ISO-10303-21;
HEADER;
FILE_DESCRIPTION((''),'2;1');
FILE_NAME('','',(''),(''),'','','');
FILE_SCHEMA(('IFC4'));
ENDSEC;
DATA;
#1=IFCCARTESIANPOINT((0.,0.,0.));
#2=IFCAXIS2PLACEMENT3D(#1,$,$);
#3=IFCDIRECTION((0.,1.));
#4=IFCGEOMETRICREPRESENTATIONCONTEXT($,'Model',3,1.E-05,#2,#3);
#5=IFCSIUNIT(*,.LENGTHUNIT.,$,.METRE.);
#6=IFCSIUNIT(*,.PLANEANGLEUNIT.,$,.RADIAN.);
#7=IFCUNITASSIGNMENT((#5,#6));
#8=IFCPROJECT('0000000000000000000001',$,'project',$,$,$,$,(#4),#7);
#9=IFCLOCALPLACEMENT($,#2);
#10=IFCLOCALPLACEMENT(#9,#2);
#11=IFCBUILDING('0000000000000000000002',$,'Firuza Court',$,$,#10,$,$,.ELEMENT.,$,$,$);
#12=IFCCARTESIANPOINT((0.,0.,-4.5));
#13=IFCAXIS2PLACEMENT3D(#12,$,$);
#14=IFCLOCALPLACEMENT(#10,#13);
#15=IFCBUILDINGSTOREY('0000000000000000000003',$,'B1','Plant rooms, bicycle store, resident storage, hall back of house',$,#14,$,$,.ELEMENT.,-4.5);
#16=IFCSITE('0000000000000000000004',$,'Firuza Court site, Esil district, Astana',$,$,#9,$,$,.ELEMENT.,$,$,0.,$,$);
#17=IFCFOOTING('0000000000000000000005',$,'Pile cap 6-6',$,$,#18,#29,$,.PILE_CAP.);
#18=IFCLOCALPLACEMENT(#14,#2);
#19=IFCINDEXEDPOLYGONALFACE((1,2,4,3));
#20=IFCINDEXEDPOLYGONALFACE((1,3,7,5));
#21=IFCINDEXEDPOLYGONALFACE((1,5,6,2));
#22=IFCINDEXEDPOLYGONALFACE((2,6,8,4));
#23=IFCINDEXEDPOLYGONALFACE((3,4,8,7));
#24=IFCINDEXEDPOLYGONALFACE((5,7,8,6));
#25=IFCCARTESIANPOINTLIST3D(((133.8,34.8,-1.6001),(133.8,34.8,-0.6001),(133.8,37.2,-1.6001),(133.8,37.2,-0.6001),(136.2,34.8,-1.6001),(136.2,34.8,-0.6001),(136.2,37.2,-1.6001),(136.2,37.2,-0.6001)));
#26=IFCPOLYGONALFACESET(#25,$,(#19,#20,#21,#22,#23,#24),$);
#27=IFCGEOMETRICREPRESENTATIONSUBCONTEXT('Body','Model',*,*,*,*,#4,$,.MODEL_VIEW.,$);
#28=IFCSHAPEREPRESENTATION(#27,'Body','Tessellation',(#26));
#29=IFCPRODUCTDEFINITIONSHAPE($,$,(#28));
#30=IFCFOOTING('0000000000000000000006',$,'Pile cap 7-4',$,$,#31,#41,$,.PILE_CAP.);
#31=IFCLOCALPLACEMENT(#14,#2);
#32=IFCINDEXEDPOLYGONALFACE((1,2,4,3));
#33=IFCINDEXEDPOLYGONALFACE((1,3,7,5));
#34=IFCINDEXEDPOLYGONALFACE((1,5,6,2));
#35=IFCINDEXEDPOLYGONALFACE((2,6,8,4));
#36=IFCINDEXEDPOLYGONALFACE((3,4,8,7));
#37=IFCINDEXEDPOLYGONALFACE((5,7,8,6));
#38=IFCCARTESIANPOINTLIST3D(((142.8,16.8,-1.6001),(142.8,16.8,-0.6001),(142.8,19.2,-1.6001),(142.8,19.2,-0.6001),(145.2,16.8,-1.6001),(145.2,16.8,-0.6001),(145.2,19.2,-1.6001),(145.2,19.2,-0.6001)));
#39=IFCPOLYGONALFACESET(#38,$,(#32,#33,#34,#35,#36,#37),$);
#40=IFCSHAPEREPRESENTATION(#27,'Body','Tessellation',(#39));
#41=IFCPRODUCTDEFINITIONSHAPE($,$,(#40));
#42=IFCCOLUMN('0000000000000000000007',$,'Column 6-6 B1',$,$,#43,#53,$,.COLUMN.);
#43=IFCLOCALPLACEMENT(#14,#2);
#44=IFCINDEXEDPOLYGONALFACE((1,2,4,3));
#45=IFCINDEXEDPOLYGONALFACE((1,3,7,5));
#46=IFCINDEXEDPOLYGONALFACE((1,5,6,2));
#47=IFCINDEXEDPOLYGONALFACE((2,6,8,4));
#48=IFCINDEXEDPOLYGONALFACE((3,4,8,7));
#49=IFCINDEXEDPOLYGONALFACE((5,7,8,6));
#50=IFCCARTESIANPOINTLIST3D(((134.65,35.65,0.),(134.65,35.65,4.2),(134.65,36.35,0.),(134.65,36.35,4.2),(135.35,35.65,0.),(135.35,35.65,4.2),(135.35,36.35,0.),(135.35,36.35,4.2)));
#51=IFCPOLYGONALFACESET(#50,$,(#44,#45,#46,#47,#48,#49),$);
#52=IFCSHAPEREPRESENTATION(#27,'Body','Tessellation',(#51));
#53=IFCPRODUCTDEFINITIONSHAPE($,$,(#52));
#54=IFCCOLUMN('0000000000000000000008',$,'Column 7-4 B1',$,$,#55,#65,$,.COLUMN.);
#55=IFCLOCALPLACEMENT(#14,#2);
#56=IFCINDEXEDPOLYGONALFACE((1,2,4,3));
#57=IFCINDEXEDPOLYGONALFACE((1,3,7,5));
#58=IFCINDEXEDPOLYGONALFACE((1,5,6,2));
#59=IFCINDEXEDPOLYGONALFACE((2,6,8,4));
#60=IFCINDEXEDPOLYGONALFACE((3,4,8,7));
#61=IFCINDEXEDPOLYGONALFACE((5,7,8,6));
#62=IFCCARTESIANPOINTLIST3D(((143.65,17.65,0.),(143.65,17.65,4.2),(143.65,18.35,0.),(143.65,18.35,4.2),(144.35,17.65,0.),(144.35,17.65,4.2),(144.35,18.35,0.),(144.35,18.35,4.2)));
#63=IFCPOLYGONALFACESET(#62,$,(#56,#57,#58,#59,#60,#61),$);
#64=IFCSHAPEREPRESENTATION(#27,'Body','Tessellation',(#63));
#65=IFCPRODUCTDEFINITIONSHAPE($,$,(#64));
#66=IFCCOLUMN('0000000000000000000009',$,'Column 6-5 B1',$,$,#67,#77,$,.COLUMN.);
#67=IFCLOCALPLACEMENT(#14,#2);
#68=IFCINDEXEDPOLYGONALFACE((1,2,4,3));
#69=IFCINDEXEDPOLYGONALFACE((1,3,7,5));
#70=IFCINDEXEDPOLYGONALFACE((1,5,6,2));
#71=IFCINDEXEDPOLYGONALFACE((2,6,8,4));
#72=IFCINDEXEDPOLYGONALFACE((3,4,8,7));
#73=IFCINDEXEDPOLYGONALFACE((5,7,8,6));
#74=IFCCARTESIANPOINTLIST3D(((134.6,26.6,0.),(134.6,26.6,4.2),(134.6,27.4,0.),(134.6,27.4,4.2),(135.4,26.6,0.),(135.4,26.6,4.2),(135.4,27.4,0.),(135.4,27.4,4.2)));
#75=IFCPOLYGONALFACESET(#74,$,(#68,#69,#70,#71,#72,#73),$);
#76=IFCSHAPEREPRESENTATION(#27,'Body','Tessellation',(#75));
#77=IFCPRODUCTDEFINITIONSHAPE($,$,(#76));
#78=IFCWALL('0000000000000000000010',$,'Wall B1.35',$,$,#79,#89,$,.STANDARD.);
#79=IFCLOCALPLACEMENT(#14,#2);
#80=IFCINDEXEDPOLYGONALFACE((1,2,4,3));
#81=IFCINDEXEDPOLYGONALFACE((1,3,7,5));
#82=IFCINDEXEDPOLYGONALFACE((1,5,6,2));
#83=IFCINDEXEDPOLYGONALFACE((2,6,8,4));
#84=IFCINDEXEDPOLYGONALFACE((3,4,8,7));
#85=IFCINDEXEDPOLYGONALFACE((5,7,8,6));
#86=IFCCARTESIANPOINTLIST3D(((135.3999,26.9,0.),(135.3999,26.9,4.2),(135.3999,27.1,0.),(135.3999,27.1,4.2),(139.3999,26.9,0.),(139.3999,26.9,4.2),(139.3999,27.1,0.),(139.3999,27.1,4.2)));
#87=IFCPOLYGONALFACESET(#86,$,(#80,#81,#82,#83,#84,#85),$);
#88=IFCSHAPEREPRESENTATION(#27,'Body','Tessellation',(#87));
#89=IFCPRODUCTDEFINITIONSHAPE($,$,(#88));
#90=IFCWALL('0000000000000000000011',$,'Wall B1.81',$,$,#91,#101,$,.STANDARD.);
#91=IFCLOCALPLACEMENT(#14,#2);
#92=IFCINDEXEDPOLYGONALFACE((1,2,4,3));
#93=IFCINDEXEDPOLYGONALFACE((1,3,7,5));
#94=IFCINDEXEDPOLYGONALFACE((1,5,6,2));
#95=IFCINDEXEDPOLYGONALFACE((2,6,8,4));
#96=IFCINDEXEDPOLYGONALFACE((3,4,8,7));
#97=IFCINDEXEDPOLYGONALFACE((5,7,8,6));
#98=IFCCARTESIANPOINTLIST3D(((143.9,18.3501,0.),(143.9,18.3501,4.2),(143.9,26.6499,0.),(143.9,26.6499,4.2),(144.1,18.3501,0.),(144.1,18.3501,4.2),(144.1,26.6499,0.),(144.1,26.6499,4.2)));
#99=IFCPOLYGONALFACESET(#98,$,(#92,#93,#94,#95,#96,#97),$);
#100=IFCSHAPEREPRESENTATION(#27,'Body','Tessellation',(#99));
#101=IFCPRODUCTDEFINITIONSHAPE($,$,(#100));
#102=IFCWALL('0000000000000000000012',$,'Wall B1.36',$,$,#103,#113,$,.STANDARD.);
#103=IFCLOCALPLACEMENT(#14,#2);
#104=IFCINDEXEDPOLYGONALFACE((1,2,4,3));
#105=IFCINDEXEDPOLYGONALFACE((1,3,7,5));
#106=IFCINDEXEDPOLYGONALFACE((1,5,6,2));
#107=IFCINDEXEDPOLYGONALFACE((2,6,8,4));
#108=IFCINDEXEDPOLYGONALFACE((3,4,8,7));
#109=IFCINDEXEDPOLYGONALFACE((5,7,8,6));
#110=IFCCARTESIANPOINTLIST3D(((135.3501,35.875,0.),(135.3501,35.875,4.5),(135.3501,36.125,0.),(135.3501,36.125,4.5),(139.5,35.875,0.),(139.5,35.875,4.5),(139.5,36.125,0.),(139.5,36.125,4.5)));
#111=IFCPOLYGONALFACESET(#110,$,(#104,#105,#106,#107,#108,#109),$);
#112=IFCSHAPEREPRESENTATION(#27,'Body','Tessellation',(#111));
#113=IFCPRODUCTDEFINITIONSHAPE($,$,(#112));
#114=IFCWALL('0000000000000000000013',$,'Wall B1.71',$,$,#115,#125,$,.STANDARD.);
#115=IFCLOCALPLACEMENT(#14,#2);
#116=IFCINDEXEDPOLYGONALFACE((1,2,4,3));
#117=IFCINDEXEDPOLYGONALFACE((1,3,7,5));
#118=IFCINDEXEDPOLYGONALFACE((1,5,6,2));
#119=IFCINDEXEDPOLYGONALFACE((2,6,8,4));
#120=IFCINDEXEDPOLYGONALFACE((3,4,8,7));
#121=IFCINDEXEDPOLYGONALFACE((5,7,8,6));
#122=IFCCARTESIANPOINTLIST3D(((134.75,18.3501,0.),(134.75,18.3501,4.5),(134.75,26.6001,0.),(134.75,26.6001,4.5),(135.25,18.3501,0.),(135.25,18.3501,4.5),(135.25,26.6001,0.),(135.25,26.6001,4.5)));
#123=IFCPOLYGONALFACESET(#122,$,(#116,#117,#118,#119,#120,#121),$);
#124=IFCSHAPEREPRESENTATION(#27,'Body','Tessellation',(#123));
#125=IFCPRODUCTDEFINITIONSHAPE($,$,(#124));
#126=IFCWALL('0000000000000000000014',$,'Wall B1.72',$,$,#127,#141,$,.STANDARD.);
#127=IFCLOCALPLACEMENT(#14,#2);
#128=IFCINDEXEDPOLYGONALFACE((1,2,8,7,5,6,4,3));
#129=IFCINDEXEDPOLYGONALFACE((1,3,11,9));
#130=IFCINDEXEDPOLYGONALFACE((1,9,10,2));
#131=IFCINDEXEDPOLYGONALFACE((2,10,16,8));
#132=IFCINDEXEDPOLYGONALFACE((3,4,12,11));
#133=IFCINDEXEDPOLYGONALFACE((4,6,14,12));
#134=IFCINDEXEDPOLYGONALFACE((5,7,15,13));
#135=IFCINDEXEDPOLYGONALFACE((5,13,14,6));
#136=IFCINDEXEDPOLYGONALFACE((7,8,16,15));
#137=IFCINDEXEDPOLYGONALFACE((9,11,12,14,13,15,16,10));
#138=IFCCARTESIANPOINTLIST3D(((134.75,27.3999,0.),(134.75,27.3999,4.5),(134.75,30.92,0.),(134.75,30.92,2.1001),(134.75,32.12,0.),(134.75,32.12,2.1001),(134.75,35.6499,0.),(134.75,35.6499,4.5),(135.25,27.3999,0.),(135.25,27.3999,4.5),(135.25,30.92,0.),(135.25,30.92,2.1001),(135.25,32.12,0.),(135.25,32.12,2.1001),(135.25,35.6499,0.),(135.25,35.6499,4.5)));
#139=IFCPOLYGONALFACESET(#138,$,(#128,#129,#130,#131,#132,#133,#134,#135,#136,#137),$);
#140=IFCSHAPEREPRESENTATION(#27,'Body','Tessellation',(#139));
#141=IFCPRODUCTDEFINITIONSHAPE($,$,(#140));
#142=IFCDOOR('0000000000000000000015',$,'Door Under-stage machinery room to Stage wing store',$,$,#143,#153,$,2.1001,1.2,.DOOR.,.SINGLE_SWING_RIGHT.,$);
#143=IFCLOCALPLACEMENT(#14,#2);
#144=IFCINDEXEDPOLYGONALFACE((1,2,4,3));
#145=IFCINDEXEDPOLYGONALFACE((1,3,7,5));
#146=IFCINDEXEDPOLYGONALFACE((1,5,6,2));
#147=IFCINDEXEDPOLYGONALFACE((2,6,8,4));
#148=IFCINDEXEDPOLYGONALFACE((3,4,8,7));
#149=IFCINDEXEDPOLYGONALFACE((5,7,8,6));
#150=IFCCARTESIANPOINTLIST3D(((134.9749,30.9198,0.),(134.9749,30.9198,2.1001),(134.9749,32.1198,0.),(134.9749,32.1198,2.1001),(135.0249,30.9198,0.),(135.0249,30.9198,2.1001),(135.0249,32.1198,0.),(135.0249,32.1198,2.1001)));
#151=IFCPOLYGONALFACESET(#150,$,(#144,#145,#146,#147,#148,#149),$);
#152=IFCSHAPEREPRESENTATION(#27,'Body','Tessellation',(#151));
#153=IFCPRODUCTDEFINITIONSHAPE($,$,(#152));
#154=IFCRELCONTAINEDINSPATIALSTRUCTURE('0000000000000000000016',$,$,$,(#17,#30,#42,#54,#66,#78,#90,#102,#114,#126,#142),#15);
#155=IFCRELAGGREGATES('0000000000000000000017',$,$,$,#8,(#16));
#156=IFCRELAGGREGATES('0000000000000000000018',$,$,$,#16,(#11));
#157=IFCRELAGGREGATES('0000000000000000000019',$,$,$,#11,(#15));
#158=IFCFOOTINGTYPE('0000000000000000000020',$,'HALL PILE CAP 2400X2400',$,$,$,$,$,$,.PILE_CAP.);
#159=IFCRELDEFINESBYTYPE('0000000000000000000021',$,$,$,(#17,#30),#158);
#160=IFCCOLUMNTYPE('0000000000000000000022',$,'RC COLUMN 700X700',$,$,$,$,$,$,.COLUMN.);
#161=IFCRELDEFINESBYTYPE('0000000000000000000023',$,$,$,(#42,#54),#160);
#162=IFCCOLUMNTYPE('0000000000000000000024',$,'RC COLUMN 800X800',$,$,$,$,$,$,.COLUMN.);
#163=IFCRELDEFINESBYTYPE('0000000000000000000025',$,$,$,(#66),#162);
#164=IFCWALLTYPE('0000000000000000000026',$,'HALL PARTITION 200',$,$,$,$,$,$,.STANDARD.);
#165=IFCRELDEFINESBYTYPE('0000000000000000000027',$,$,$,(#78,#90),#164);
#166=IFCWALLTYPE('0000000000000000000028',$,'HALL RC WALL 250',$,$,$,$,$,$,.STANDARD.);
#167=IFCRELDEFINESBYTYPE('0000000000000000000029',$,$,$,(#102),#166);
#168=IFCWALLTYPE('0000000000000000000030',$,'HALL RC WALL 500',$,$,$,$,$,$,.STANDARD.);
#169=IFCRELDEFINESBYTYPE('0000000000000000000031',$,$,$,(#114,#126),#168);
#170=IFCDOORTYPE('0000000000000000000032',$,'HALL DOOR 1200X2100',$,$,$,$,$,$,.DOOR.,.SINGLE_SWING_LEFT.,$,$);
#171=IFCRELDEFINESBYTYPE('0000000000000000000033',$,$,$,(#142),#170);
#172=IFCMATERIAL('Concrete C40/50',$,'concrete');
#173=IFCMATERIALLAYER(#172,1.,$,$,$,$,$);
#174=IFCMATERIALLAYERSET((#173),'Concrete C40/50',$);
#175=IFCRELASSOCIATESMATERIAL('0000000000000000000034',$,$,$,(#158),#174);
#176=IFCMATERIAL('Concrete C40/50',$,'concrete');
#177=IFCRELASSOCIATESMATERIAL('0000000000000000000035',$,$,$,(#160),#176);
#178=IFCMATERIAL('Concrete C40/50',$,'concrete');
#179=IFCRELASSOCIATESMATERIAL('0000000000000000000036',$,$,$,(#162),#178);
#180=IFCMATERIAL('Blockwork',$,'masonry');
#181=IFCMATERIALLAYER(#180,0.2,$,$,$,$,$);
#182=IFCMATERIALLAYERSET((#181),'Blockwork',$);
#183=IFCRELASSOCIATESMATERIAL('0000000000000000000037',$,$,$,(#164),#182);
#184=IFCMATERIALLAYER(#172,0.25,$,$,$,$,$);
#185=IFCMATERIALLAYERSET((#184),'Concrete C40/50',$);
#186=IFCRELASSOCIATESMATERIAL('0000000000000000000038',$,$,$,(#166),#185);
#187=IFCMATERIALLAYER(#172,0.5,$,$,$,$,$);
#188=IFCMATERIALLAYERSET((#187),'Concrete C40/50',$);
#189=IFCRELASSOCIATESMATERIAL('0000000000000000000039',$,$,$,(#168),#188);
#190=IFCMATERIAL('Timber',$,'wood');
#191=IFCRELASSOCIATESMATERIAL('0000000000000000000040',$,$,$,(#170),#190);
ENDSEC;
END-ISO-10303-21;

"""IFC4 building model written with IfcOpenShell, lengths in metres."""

from ifc_helpers import new_model, si_unit, direction, frame, frame_2d, origin, origin_2d, place, context, subcontext, project, spatial, rectangle, extrude, material, layer, layer_set, material_profile, profile_set, type_object, element, fill, save


model = new_model("IFC4")

# Units and contexts
model_context = context("Model", 3, precision=1e-05, world=origin(), true_north=direction((0.0, 1.0)))
body_context = subcontext(model_context, "Body", "Model", "MODEL_VIEW")
ifc_project = project(units=[si_unit("LENGTHUNIT", "METRE"), si_unit("PLANEANGLEUNIT", "RADIAN")], contexts=[model_context])

# Site, building, storey
site_placement = place(None, origin())
site = spatial("IfcSite", under=ifc_project, at=site_placement, Name="Firuza Court site, Esil district, Astana", CompositionType="ELEMENT", RefElevation=0.0)
building_placement = place(site_placement, origin())
building = spatial("IfcBuilding", under=site, at=building_placement, Name="Firuza Court", CompositionType="ELEMENT")
storey_placement = place(building_placement, frame((0.0, 0.0, -4.5)))
storey = spatial("IfcBuildingStorey", under=building, at=storey_placement, Name="B1", Description="Plant rooms, bicycle store, resident storage, hall back of house", CompositionType="ELEMENT", Elevation=-4.5)

# Footings
ifc_material_1 = material(Name="Concrete C40/50", Category="concrete")
ifc_layer_1 = layer(ifc_material_1, 1.0)
ifc_layer_set_1 = layer_set([ifc_layer_1], Name="Concrete C40/50")
footing_type = type_object("IfcFootingType", Name="HALL PILE CAP 2400X2400", PredefinedType="PILE_CAP", material=ifc_layer_set_1)
for number, where, z_axis, x_axis, name in (
    (1, (135.0, 36.0, -1.6001), (0.0, 0.0, 1.0), (1.0, 0.0, 0.0), "Pile cap 6-6"),
    (2, (144.0, 18.0, -1.6001), (0.0, 0.0, 1.0), (1.0, 0.0, 0.0), "Pile cap 7-4"),
):
    element("IfcFooting", number, at=place(storey_placement, frame(where, z_axis=z_axis, x_axis=x_axis)), inside=storey, type_object=footing_type, Name=name, PredefinedType="PILE_CAP", context=body_context, shape_type="SweptSolid", body=[
        extrude(rectangle(XDim=2.3999, YDim=2.3999, at=origin_2d()), origin(), (0.0, 0.0, 1.0), 1.0),
    ])

# Columns
ifc_material_2 = material(Name="Concrete C40/50", Category="concrete")
ifc_material_profile_1 = material_profile(ifc_material_2, rectangle(XDim=0.7, YDim=0.7, at=origin_2d()), Name="RC 700X700")
ifc_profile_set_1 = profile_set([ifc_material_profile_1], Name="Concrete C40/50")
column_type_1 = type_object("IfcColumnType", Name="RC COLUMN 700X700", PredefinedType="COLUMN", material=ifc_profile_set_1)
for number, where, z_axis, x_axis, name in (
    (3, (135.0, 36.0, 0.0), (0.0, 0.0, 1.0), (1.0, 0.0, 0.0), "Column 6-6 B1"),
    (4, (144.0, 18.0, 0.0), (0.0, 0.0, 1.0), (1.0, 0.0, 0.0), "Column 7-4 B1"),
):
    element("IfcColumn", number, at=place(storey_placement, frame(where, z_axis=z_axis, x_axis=x_axis)), inside=storey, type_object=column_type_1, Name=name, PredefinedType="COLUMN", context=body_context, shape_type="SweptSolid", body=[
        extrude(rectangle(XDim=0.7, YDim=0.7, at=origin_2d()), origin(), (0.0, 0.0, 1.0), 4.2),
    ])
ifc_material_3 = material(Name="Concrete C40/50", Category="concrete")
ifc_material_profile_2 = material_profile(ifc_material_3, rectangle(XDim=0.8, YDim=0.8, at=origin_2d()), Name="RC 800X800")
ifc_profile_set_2 = profile_set([ifc_material_profile_2], Name="Concrete C40/50")
column_type_2 = type_object("IfcColumnType", Name="RC COLUMN 800X800", PredefinedType="COLUMN", material=ifc_profile_set_2)
column_placement = place(storey_placement, frame((135.0, 27.0, 0.0), z_axis=(0.0, 0.0, 1.0), x_axis=(1.0, 0.0, 0.0)))
element("IfcColumn", 5, at=column_placement, inside=storey, type_object=column_type_2, Name="Column 6-5 B1", PredefinedType="COLUMN", context=body_context, shape_type="SweptSolid", body=[
    extrude(rectangle(XDim=0.8, YDim=0.8, at=origin_2d()), origin(), (0.0, 0.0, 1.0), 4.2),
])

# Walls
ifc_material_4 = material(Name="Blockwork", Category="masonry")
ifc_layer_2 = layer(ifc_material_4, 0.2)
ifc_layer_set_2 = layer_set([ifc_layer_2], Name="Blockwork")
wall_type_1 = type_object("IfcWallType", Name="HALL PARTITION 200", PredefinedType="STANDARD", material=ifc_layer_set_2)
wall_1_placement = place(storey_placement, frame((135.3999, 27.0, 0.0), z_axis=(0.0, 0.0, 1.0), x_axis=(1.0, 0.0, 0.0)))
element("IfcWall", 6, at=wall_1_placement, inside=storey, type_object=wall_type_1, Name="Wall B1.35", PredefinedType="STANDARD", context=body_context, shape_type="SweptSolid", body=[
    extrude(rectangle(XDim=4.0, YDim=0.2, at=frame_2d((2.0, 0.0))), origin(), (0.0, 0.0, 1.0), 4.2),
])
wall_2_placement = place(storey_placement, frame((144.0, 18.3501, 0.0), z_axis=(0.0, 0.0, 1.0), x_axis=(0.0, 1.0, 0.0)))
element("IfcWall", 7, at=wall_2_placement, inside=storey, type_object=wall_type_1, Name="Wall B1.81", PredefinedType="STANDARD", context=body_context, shape_type="SweptSolid", body=[
    extrude(rectangle(XDim=8.2998, YDim=0.2, at=frame_2d((4.1499, 0.0))), origin(), (0.0, 0.0, 1.0), 4.2),
])
ifc_layer_3 = layer(ifc_material_1, 0.25)
ifc_layer_set_3 = layer_set([ifc_layer_3], Name="Concrete C40/50")
wall_type_2 = type_object("IfcWallType", Name="HALL RC WALL 250", PredefinedType="STANDARD", material=ifc_layer_set_3)
wall_3_placement = place(storey_placement, frame((135.3501, 36.0, 0.0), z_axis=(0.0, 0.0, 1.0), x_axis=(1.0, 0.0, 0.0)))
element("IfcWall", 8, at=wall_3_placement, inside=storey, type_object=wall_type_2, Name="Wall B1.36", PredefinedType="STANDARD", context=body_context, shape_type="SweptSolid", body=[
    extrude(rectangle(XDim=4.1499, YDim=0.25, at=frame_2d((2.075, 0.0))), origin(), (0.0, 0.0, 1.0), 4.5),
])
ifc_layer_4 = layer(ifc_material_1, 0.5)
ifc_layer_set_4 = layer_set([ifc_layer_4], Name="Concrete C40/50")
wall_type_3 = type_object("IfcWallType", Name="HALL RC WALL 500", PredefinedType="STANDARD", material=ifc_layer_set_4)
wall_4_placement = place(storey_placement, frame((135.0, 18.3501, 0.0), z_axis=(0.0, 0.0, 1.0), x_axis=(0.0, 1.0, 0.0)))
element("IfcWall", 9, at=wall_4_placement, inside=storey, type_object=wall_type_3, Name="Wall B1.71", PredefinedType="STANDARD", context=body_context, shape_type="SweptSolid", body=[
    extrude(rectangle(XDim=8.25, YDim=0.5, at=frame_2d((4.125, 0.0))), origin(), (0.0, 0.0, 1.0), 4.5),
])

# Wall, opening, door
wall_5_placement = place(storey_placement, frame((135.0, 27.3999, 0.0), z_axis=(0.0, 0.0, 1.0), x_axis=(0.0, 1.0, 0.0)))
wall_5 = element("IfcWall", 10, at=wall_5_placement, inside=storey, type_object=wall_type_3, Name="Wall B1.72", PredefinedType="STANDARD", context=body_context, shape_type="SweptSolid", body=[
    extrude(rectangle(XDim=8.25, YDim=0.5, at=frame_2d((4.125, 0.0))), origin(), (0.0, 0.0, 1.0), 4.5),
])
opening_placement = place(wall_5_placement, frame((3.52, 0.0, 0.0)))
opening = element("IfcOpeningElement", 11, at=opening_placement, cuts=wall_5, PredefinedType="OPENING", context=body_context, shape_type="SweptSolid", body=[
    extrude(rectangle(XDim=1.2, YDim=2.1001, at=frame_2d((0.6001, 1.05))), frame((0.0, 0.262, 0.0), z_axis=(0.0, -1.0, 0.0), x_axis=(1.0, 0.0, 0.0)), (0.0, 0.0, 1.0), 0.5239),
])
ifc_material_5 = material(Name="Timber", Category="wood")
door_type = type_object("IfcDoorType", Name="HALL DOOR 1200X2100", OperationType="SINGLE_SWING_LEFT", PredefinedType="DOOR", material=ifc_material_5)
door_placement = place(opening_placement, frame((1.2, 0.0, 0.0), z_axis=(0.0, 0.0, 1.0), x_axis=(-1.0, 0.0, 0.0)))
door = element("IfcDoor", 12, at=door_placement, inside=storey, type_object=door_type, Name="Door Under-stage machinery room to Stage wing store", OperationType="SINGLE_SWING_RIGHT", OverallHeight=2.1001, OverallWidth=1.2, PredefinedType="DOOR", context=body_context, shape_type="SweptSolid", body=[
    extrude(rectangle(XDim=1.2, YDim=2.1001, at=frame_2d((0.6001, 1.05))), frame((0.0, 0.0249, 0.0), z_axis=(0.0, -1.0, 0.0), x_axis=(1.0, 0.0, 0.0)), (0.0, 0.0, 1.0), 0.05),
])
fill(opening, door)

save(model, "model.ifc")
